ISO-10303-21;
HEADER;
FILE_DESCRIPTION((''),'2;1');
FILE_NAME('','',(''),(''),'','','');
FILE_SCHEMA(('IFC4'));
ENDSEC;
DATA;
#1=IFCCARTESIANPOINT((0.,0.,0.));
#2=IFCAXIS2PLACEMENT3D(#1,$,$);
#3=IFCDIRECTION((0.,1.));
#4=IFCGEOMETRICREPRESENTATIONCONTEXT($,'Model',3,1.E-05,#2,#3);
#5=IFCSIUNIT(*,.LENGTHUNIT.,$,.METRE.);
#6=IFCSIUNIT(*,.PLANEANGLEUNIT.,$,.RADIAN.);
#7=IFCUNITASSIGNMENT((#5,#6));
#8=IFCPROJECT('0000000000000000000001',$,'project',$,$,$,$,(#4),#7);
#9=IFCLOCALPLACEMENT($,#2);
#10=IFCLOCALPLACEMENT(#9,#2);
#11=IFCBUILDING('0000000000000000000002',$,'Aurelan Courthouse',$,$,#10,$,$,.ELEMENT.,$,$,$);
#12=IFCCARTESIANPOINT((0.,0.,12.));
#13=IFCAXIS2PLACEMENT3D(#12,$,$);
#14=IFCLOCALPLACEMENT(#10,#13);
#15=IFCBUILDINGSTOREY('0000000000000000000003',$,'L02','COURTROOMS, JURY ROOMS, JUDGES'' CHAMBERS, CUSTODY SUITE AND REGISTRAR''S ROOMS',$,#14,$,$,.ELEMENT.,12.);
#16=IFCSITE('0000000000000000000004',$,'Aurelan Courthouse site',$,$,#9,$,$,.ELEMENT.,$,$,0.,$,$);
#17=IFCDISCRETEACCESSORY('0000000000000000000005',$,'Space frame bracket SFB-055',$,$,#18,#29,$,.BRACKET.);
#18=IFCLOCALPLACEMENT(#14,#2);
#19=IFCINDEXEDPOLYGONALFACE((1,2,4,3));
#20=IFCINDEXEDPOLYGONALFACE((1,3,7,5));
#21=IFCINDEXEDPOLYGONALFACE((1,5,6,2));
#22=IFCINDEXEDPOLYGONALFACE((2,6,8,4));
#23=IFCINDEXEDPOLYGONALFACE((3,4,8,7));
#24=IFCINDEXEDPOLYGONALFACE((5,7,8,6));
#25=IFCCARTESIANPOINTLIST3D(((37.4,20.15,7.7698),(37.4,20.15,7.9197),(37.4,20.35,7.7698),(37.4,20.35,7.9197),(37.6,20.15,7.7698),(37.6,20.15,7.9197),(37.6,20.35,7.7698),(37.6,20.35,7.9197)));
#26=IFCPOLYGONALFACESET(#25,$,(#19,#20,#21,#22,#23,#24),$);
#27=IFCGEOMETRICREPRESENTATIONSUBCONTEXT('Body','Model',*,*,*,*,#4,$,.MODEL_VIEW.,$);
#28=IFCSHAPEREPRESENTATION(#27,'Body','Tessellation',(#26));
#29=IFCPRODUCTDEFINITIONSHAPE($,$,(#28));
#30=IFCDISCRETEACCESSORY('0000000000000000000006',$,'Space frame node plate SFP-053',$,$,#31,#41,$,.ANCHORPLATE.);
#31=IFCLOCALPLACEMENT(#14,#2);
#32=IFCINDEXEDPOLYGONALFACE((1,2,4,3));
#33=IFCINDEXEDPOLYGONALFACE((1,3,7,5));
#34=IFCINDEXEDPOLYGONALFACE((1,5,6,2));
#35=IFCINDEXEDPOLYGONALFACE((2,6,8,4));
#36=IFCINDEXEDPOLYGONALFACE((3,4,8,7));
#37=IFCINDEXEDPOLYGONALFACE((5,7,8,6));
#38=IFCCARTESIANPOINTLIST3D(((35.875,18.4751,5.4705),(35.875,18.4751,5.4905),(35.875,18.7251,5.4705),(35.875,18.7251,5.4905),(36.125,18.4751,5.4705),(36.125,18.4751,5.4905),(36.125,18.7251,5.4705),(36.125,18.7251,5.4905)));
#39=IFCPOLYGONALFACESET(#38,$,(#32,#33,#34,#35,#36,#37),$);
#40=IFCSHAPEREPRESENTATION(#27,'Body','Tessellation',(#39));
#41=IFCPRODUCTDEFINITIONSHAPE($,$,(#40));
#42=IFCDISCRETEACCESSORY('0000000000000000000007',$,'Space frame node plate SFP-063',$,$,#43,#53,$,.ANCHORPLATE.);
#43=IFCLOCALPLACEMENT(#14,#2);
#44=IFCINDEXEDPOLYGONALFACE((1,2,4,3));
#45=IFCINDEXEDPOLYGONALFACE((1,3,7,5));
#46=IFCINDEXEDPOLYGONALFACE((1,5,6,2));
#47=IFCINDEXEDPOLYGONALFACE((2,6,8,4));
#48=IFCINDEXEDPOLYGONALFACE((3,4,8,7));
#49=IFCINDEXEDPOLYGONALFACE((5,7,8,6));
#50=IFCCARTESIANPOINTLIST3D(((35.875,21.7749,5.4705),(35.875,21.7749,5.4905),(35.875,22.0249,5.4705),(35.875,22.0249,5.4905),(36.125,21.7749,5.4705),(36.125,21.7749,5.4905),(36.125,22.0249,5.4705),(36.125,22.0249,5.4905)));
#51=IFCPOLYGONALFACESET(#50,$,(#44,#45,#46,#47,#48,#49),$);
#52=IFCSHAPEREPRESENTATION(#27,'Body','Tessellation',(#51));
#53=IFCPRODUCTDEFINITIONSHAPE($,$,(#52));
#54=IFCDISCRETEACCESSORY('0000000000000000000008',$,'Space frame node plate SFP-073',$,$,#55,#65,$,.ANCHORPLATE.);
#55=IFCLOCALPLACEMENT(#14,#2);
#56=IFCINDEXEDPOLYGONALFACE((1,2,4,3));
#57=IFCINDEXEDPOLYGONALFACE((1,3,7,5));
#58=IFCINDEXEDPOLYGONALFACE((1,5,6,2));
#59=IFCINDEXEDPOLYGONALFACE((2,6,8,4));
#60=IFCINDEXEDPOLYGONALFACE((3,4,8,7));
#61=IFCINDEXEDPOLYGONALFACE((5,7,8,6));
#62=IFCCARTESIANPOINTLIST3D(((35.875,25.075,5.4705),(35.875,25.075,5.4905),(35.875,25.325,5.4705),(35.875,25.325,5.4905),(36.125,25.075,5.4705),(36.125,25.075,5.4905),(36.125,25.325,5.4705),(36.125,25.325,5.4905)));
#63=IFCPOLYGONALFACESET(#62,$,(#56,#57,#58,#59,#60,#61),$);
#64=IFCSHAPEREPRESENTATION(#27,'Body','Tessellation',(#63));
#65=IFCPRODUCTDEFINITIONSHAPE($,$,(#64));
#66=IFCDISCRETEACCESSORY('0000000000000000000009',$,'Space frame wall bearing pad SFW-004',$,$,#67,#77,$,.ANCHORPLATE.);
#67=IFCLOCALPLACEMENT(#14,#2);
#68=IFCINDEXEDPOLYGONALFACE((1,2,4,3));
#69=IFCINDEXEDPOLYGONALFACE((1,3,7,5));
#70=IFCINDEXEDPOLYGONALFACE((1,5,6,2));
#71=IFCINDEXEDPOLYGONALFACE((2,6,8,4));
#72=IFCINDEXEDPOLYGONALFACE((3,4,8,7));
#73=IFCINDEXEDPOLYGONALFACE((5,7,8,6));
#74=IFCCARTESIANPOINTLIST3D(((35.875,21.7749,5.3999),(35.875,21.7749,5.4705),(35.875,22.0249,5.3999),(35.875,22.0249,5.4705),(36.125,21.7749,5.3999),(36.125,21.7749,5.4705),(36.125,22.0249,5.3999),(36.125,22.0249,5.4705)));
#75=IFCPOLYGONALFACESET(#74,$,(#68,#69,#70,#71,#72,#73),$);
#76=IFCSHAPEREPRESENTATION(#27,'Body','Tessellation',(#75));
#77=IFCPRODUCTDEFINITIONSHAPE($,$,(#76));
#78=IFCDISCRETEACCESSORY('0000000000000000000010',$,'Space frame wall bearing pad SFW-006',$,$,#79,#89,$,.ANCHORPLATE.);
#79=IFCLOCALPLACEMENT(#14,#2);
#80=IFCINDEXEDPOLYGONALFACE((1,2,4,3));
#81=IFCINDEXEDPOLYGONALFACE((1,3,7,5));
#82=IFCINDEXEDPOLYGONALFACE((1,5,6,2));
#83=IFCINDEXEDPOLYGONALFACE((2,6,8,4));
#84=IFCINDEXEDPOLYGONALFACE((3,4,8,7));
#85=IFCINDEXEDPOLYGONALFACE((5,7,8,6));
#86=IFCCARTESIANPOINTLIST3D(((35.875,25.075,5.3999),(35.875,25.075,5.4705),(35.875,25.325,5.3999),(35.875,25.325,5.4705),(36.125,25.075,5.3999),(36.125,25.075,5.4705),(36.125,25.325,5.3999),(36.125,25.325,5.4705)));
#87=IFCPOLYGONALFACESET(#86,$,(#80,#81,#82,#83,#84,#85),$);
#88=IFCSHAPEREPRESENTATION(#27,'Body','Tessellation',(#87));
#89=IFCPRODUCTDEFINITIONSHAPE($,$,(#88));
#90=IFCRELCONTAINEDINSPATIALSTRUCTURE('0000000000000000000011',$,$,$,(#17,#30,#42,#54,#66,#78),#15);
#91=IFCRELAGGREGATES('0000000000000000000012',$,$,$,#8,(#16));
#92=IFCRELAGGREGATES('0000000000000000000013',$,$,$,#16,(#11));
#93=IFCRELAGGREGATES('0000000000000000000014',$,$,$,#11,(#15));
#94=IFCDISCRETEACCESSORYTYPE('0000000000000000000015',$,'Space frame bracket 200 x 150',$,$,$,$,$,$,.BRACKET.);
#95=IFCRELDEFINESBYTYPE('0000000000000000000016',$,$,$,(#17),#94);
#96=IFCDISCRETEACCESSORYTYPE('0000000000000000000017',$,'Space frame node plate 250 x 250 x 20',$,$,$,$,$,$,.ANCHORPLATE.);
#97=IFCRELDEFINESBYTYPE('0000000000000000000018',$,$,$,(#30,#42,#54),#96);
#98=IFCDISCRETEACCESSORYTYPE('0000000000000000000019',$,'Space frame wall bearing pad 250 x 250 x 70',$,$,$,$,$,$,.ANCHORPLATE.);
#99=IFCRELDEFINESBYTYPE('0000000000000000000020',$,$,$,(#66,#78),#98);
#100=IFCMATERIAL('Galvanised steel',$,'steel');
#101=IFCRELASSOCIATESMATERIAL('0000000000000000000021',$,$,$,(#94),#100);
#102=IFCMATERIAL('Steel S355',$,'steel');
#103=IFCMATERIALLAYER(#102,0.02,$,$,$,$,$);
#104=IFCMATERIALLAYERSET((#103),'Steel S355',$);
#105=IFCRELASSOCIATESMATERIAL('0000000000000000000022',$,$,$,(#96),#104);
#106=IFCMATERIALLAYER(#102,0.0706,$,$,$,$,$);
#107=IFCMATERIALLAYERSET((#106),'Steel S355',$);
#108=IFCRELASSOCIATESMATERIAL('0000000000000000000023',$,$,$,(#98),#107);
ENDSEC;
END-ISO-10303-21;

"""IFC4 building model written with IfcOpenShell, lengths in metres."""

from ifc_helpers import new_model, si_unit, direction, frame, origin, origin_2d, place, context, subcontext, project, spatial, rectangle, extrude, material, layer, layer_set, type_object, element, save


model = new_model("IFC4")

# Units and contexts
model_context = context("Model", 3, precision=1e-05, world=origin(), true_north=direction((0.0, 1.0)))
body_context = subcontext(model_context, "Body", "Model", "MODEL_VIEW")
ifc_project = project(units=[si_unit("LENGTHUNIT", "METRE"), si_unit("PLANEANGLEUNIT", "RADIAN")], contexts=[model_context])

# Site, building, storey
site_placement = place(None, origin())
site = spatial("IfcSite", under=ifc_project, at=site_placement, Name="Aurelan Courthouse site", CompositionType="ELEMENT", RefElevation=0.0)
building_placement = place(site_placement, origin())
building = spatial("IfcBuilding", under=site, at=building_placement, Name="Aurelan Courthouse", CompositionType="ELEMENT")
storey_placement = place(building_placement, frame((0.0, 0.0, 12.0)))
storey = spatial("IfcBuildingStorey", under=building, at=storey_placement, Name="L02", Description="COURTROOMS, JURY ROOMS, JUDGES' CHAMBERS, CUSTODY SUITE AND REGISTRAR'S ROOMS", CompositionType="ELEMENT", Elevation=12.0)

# Shared definitions
ifc_material_1 = material(Name="Steel S355", Category="steel")

# Discrete accessories
ifc_material_2 = material(Name="Galvanised steel", Category="steel")
discrete_accessory_type_1 = type_object("IfcDiscreteAccessoryType", Name="Space frame bracket 200 x 150", PredefinedType="BRACKET", material=ifc_material_2)
for number, where, z_axis, x_axis, name in (
    (1, (37.5, 20.25, 7.7698), (0.0, 0.0, 1.0), (1.0, 0.0, 0.0), "Space frame bracket SFB-055"),
):
    element("IfcDiscreteAccessory", number, at=place(storey_placement, frame(where, z_axis=z_axis, x_axis=x_axis)), inside=storey, type_object=discrete_accessory_type_1, Name=name, PredefinedType="BRACKET", context=body_context, shape_type="SweptSolid", body=[
        extrude(rectangle(XDim=0.2, YDim=0.2, at=origin_2d()), origin(), (0.0, 0.0, 1.0), 0.1499),
    ])
ifc_layer_1 = layer(ifc_material_1, 0.02)
ifc_layer_set_1 = layer_set([ifc_layer_1], Name="Steel S355")
discrete_accessory_type_2 = type_object("IfcDiscreteAccessoryType", Name="Space frame node plate 250 x 250 x 20", PredefinedType="ANCHORPLATE", material=ifc_layer_set_1)
for number, where, z_axis, x_axis, name in (
    (2, (36.0, 18.6001, 5.4705), (0.0, 0.0, 1.0), (1.0, 0.0, 0.0), "Space frame node plate SFP-053"),
    (3, (36.0, 21.8999, 5.4705), (0.0, 0.0, 1.0), (1.0, 0.0, 0.0), "Space frame node plate SFP-063"),
    (4, (36.0, 25.2, 5.4705), (0.0, 0.0, 1.0), (1.0, 0.0, 0.0), "Space frame node plate SFP-073"),
):
    element("IfcDiscreteAccessory", number, at=place(storey_placement, frame(where, z_axis=z_axis, x_axis=x_axis)), inside=storey, type_object=discrete_accessory_type_2, Name=name, PredefinedType="ANCHORPLATE", context=body_context, shape_type="SweptSolid", body=[
        extrude(rectangle(XDim=0.25, YDim=0.25, at=origin_2d()), origin(), (0.0, 0.0, 1.0), 0.02),
    ])
ifc_layer_2 = layer(ifc_material_1, 0.0706)
ifc_layer_set_2 = layer_set([ifc_layer_2], Name="Steel S355")
discrete_accessory_type_3 = type_object("IfcDiscreteAccessoryType", Name="Space frame wall bearing pad 250 x 250 x 70", PredefinedType="ANCHORPLATE", material=ifc_layer_set_2)
for number, where, z_axis, x_axis, name in (
    (5, (36.0, 21.8999, 5.3999), (0.0, 0.0, 1.0), (1.0, 0.0, 0.0), "Space frame wall bearing pad SFW-004"),
    (6, (36.0, 25.2, 5.3999), (0.0, 0.0, 1.0), (1.0, 0.0, 0.0), "Space frame wall bearing pad SFW-006"),
):
    element("IfcDiscreteAccessory", number, at=place(storey_placement, frame(where, z_axis=z_axis, x_axis=x_axis)), inside=storey, type_object=discrete_accessory_type_3, Name=name, PredefinedType="ANCHORPLATE", context=body_context, shape_type="SweptSolid", body=[
        extrude(rectangle(XDim=0.25, YDim=0.25, at=origin_2d()), origin(), (0.0, 0.0, 1.0), 0.0706),
    ])

save(model, "model.ifc")
